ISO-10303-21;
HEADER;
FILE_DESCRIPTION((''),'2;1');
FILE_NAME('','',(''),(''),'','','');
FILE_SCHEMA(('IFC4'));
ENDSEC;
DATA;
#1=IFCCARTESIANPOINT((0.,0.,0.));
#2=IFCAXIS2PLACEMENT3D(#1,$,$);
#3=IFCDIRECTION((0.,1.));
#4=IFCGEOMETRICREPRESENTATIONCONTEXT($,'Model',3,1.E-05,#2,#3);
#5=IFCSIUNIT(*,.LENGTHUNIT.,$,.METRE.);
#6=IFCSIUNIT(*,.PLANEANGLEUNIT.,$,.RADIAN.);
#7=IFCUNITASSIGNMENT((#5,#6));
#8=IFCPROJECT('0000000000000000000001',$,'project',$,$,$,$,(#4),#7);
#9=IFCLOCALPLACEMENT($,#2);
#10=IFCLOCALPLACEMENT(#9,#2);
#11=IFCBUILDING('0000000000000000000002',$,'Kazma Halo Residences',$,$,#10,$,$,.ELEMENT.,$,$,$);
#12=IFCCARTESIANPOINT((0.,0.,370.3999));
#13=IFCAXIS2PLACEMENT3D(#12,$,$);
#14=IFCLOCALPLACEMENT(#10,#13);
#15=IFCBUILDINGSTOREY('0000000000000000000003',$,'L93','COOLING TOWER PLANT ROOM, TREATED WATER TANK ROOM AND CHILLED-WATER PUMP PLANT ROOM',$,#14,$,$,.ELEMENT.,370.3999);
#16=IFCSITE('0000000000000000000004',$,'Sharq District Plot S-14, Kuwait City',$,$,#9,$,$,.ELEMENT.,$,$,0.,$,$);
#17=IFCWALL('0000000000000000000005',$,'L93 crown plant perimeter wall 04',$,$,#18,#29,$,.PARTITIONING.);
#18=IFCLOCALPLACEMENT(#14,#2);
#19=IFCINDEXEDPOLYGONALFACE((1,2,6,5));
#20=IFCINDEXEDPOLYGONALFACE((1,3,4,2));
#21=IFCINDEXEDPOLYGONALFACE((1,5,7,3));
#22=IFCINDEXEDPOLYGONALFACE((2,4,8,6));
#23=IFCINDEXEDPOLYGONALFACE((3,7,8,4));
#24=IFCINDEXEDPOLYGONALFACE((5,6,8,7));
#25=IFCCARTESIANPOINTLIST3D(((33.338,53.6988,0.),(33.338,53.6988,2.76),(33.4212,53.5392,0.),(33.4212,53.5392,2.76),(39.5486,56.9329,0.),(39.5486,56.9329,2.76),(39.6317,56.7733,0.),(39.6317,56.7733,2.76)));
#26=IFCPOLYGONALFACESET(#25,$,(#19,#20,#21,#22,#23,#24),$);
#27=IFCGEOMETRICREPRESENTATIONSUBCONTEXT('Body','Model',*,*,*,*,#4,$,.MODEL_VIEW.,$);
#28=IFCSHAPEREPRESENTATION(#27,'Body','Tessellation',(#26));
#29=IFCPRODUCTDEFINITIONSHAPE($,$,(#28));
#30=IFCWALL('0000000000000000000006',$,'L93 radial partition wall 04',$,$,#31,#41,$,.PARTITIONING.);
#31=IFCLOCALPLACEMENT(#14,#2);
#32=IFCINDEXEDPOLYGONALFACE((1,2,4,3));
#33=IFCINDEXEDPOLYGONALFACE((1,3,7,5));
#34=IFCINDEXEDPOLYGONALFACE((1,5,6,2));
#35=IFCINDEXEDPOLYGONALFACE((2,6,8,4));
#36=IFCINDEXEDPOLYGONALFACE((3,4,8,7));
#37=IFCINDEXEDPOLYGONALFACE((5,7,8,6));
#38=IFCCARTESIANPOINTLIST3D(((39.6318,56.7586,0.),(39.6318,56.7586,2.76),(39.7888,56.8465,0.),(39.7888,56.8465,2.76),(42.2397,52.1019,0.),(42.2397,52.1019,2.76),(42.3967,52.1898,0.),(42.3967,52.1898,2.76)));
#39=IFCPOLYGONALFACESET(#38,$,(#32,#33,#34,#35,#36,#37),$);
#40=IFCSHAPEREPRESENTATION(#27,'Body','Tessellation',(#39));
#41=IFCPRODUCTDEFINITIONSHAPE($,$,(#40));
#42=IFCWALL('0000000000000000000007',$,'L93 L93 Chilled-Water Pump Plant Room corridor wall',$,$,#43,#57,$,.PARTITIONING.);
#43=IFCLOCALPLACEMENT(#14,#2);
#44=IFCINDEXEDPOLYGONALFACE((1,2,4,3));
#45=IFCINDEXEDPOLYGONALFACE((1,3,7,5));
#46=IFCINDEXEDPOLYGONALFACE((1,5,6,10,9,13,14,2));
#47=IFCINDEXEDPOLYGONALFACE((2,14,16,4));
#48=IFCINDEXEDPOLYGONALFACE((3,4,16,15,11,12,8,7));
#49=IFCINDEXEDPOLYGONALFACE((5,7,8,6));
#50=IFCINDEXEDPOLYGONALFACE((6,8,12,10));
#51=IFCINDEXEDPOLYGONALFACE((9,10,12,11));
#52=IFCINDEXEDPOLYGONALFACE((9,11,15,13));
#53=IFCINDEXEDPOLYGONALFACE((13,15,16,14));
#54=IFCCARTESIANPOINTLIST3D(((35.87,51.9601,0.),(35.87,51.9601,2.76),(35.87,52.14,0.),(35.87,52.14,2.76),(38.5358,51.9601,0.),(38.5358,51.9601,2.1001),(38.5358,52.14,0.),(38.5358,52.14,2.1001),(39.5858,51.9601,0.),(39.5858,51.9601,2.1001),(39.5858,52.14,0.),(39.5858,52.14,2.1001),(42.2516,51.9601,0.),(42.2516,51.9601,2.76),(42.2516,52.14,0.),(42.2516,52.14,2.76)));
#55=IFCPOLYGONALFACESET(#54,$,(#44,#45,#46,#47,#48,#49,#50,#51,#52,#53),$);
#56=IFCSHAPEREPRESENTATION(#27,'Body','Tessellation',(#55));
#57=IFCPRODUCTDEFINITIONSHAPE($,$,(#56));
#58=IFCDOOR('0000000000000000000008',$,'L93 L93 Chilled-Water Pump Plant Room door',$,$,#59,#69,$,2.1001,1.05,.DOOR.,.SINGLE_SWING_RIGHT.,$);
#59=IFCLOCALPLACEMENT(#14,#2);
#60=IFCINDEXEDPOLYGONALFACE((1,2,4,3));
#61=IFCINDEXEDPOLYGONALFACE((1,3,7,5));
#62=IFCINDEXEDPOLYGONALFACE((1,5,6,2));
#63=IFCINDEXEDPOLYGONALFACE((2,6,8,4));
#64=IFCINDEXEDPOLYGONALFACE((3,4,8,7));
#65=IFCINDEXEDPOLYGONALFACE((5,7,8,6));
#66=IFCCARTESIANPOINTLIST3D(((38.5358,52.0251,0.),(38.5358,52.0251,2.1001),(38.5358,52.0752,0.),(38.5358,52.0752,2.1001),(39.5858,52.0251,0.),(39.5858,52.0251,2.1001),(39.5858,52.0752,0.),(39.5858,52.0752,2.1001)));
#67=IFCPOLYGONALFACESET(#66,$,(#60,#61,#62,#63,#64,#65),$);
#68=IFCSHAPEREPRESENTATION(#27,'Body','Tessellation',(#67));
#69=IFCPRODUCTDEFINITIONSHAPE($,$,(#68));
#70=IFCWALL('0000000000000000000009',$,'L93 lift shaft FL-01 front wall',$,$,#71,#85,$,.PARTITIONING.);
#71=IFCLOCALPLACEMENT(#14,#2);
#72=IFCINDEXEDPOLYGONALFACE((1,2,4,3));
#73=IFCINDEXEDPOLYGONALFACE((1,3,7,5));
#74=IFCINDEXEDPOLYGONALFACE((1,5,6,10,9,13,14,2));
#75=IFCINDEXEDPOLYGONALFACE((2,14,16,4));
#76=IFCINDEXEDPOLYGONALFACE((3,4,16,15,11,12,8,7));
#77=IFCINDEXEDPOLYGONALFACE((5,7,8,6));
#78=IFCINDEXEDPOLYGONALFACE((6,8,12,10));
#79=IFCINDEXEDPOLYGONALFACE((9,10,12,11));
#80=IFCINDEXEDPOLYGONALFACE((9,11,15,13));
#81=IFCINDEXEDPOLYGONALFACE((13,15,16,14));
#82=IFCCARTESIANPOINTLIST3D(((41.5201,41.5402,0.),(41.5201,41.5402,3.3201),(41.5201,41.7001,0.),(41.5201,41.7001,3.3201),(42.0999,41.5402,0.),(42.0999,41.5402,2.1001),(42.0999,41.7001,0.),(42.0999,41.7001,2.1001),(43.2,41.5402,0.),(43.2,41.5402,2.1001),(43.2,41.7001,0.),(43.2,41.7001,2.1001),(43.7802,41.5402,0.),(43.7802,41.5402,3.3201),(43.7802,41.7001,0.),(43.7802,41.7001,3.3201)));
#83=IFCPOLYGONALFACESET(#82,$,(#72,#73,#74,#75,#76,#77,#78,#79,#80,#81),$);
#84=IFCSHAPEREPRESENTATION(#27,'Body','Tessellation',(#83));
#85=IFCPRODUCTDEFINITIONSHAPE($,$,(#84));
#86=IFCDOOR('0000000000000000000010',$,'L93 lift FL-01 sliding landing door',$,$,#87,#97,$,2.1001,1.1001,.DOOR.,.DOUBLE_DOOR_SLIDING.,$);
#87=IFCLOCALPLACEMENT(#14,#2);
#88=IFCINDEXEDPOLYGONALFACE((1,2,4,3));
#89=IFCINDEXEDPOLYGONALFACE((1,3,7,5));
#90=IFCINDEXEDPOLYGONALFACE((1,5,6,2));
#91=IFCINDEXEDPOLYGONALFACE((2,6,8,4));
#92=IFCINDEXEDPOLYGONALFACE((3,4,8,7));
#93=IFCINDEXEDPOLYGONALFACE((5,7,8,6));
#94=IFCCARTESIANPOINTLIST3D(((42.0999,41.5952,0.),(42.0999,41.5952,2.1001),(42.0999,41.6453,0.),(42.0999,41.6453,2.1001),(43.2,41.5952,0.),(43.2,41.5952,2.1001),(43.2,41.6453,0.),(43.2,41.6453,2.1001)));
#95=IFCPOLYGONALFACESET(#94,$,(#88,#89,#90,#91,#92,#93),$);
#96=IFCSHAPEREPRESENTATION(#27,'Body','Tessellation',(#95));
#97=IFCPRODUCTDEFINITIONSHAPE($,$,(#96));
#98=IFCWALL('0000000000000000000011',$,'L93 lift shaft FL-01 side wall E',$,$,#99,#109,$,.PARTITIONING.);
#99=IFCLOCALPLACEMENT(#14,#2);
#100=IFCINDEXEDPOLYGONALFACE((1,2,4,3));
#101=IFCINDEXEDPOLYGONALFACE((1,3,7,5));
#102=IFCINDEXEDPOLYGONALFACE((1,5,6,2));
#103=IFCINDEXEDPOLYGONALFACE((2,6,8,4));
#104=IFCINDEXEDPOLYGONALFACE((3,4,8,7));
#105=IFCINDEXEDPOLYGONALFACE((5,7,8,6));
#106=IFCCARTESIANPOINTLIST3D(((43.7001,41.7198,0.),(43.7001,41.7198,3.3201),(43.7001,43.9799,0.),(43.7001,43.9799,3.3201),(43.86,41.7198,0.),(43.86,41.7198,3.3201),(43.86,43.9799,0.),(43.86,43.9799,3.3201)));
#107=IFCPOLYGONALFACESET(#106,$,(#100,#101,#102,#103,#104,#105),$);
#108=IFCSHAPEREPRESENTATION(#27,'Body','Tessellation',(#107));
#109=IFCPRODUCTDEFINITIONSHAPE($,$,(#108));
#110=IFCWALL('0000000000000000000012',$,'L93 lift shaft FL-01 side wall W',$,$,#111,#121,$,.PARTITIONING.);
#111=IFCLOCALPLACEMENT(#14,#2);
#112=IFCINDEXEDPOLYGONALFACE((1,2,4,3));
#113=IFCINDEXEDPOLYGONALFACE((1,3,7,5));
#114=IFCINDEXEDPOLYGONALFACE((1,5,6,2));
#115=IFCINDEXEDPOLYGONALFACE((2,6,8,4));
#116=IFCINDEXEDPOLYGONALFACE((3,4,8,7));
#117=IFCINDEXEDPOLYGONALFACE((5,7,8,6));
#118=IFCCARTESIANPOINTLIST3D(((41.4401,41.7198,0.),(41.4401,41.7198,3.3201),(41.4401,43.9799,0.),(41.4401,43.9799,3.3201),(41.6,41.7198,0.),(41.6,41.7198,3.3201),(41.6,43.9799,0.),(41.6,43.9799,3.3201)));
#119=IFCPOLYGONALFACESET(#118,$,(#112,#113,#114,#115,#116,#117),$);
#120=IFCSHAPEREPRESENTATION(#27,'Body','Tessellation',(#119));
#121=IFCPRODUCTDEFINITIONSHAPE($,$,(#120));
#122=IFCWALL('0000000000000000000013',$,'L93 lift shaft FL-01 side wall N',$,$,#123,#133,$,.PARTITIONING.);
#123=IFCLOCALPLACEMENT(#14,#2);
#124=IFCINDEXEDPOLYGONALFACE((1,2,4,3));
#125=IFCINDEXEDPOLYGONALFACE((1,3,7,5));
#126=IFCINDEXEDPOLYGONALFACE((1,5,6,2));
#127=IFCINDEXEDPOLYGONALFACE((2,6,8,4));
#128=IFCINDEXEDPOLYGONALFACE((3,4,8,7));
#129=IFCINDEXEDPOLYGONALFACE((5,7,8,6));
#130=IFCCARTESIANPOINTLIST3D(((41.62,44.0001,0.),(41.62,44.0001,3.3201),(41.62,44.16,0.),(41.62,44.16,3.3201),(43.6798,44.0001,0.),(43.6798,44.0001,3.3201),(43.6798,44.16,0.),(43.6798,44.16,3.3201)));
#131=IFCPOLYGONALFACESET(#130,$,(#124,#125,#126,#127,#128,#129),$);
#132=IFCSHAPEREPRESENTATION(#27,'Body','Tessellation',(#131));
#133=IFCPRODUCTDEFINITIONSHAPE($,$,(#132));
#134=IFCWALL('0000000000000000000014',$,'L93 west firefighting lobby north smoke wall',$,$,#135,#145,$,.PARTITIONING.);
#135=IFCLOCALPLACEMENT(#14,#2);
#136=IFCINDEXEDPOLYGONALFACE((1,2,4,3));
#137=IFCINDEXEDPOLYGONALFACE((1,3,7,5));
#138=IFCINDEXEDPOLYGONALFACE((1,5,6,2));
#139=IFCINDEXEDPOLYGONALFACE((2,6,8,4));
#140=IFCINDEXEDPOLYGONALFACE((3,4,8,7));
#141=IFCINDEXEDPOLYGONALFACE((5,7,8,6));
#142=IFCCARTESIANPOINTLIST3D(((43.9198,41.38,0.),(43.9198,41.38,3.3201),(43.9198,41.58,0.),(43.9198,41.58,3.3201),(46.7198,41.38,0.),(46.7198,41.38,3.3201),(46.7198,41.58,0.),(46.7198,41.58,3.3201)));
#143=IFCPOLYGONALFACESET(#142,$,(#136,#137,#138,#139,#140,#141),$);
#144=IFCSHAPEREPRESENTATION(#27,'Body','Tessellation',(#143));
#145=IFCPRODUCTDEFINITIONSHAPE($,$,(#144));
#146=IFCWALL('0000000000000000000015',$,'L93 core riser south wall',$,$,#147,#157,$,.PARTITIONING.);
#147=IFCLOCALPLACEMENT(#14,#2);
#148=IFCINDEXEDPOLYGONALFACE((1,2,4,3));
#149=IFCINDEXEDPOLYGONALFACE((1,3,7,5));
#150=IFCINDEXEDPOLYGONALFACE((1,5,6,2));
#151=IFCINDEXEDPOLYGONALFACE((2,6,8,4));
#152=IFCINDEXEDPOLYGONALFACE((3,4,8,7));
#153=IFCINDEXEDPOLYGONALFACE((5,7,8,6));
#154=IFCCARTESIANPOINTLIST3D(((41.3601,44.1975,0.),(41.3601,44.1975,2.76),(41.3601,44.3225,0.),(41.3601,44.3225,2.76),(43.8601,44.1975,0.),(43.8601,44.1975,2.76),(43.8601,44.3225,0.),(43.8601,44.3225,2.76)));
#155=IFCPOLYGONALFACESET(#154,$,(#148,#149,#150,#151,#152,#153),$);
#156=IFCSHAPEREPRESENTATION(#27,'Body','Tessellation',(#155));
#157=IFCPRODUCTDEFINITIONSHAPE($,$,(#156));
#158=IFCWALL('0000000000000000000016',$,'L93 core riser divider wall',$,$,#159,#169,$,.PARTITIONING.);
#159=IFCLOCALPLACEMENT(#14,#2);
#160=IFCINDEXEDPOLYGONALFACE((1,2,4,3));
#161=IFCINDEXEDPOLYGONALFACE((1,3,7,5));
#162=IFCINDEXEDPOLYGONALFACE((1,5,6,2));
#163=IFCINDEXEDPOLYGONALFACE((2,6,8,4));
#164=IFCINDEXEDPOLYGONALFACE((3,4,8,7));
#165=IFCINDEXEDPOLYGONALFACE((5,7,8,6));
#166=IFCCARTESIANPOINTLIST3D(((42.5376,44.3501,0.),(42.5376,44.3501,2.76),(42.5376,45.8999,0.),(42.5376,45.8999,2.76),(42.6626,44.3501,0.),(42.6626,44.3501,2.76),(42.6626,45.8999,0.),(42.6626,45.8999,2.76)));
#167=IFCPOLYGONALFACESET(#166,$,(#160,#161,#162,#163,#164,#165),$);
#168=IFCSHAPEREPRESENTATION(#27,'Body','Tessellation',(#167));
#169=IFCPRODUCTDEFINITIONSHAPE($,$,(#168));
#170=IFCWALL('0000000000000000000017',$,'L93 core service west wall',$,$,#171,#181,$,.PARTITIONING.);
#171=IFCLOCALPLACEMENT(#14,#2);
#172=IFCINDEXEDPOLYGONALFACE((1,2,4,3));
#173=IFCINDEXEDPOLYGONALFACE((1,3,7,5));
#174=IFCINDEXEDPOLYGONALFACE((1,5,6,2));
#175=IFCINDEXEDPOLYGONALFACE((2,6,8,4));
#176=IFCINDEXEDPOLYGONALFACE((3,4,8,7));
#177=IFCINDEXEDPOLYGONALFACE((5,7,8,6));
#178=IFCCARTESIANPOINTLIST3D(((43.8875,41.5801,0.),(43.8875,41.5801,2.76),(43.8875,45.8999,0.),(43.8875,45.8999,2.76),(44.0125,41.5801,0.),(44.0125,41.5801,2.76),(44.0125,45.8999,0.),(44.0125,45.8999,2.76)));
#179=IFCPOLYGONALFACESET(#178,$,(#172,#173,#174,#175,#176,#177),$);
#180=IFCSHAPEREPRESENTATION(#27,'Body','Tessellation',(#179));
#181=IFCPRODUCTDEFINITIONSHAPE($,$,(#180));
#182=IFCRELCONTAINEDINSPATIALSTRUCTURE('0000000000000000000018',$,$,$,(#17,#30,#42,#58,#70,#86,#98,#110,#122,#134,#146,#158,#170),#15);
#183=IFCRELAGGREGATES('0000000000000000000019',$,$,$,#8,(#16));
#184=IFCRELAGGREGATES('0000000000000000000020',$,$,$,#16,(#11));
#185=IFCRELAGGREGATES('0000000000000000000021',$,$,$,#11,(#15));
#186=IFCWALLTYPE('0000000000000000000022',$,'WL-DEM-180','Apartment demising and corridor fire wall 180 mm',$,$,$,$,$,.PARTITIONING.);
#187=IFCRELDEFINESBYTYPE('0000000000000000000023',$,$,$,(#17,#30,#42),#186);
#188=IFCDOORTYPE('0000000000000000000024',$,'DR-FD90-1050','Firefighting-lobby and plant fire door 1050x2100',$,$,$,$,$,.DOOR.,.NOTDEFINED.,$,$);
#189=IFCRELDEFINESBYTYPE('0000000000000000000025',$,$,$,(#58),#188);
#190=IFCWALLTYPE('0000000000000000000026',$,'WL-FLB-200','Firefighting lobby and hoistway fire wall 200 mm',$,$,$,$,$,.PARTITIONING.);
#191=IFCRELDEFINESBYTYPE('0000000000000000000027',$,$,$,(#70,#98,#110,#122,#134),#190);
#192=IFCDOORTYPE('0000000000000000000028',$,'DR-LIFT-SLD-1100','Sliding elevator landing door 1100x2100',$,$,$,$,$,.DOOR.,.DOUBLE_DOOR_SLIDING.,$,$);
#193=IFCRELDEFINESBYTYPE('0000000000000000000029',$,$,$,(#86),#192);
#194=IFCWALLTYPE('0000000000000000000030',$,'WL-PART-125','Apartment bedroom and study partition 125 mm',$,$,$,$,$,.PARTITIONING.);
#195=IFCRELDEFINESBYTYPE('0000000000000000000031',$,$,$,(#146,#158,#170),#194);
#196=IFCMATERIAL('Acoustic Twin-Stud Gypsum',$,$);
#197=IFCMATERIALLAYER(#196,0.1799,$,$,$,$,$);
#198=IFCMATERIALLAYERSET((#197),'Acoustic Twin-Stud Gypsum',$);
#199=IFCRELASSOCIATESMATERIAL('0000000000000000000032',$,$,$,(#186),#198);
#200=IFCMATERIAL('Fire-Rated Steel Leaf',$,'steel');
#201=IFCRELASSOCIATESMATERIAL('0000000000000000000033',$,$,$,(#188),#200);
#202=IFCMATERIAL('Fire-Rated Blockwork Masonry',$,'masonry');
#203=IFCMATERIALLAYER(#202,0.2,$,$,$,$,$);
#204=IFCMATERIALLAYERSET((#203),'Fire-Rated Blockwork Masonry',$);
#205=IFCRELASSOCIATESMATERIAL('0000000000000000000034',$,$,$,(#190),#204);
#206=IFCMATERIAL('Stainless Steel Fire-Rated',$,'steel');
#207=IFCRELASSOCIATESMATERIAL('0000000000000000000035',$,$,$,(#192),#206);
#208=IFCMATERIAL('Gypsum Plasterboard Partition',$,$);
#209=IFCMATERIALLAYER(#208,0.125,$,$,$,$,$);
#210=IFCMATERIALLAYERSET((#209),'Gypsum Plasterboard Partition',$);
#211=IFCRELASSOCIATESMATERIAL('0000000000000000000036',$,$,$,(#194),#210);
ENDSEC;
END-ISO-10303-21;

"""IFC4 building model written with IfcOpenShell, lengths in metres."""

from ifc_helpers import new_model, si_unit, direction, frame, frame_2d, origin, place, context, subcontext, project, spatial, rectangle, extrude, material, layer, layer_set, type_object, element, fill, save


model = new_model("IFC4")

# Units and contexts
model_context = context("Model", 3, precision=1e-05, world=origin(), true_north=direction((0.0, 1.0)))
body_context = subcontext(model_context, "Body", "Model", "MODEL_VIEW")
ifc_project = project(units=[si_unit("LENGTHUNIT", "METRE"), si_unit("PLANEANGLEUNIT", "RADIAN")], contexts=[model_context])

# Site, building, storey
site_placement = place(None, origin())
site = spatial("IfcSite", under=ifc_project, at=site_placement, Name="Sharq District Plot S-14, Kuwait City", CompositionType="ELEMENT", RefElevation=0.0)
building_placement = place(site_placement, origin())
building = spatial("IfcBuilding", under=site, at=building_placement, Name="Kazma Halo Residences", CompositionType="ELEMENT")
storey_placement = place(building_placement, frame((0.0, 0.0, 370.3999)))
storey = spatial("IfcBuildingStorey", under=building, at=storey_placement, Name="L93", Description="COOLING TOWER PLANT ROOM, TREATED WATER TANK ROOM AND CHILLED-WATER PUMP PLANT ROOM", CompositionType="ELEMENT", Elevation=370.3999)

# Walls
ifc_material_1 = material(Name="Acoustic Twin-Stud Gypsum")
ifc_layer_1 = layer(ifc_material_1, 0.1799)
ifc_layer_set_1 = layer_set([ifc_layer_1], Name="Acoustic Twin-Stud Gypsum")
wall_type_1 = type_object("IfcWallType", Name="WL-DEM-180", Description="Apartment demising and corridor fire wall 180 mm", PredefinedType="PARTITIONING", material=ifc_layer_set_1)
wall_1_placement = place(storey_placement, frame((39.5901, 56.853, 0.0), z_axis=(0.0, 0.0, 1.0), x_axis=(-0.886949, -0.461866, 0.0)))
element("IfcWall", 1, at=wall_1_placement, inside=storey, type_object=wall_type_1, Name="L93 crown plant perimeter wall 04", PredefinedType="PARTITIONING", context=body_context, shape_type="SweptSolid", body=[
    extrude(rectangle(XDim=7.0022, YDim=0.1799, at=frame_2d((3.501, 0.0))), origin(), (0.0, 0.0, 1.0), 2.76),
])
wall_2_placement = place(storey_placement, frame((42.3181, 52.146, 0.0), z_axis=(0.0, 0.0, 1.0), x_axis=(-0.488623, 0.872495, 0.0)))
element("IfcWall", 2, at=wall_2_placement, inside=storey, type_object=wall_type_1, Name="L93 radial partition wall 04", PredefinedType="PARTITIONING", context=body_context, shape_type="SweptSolid", body=[
    extrude(rectangle(XDim=5.3372, YDim=0.1799, at=frame_2d((2.6685, 0.0))), origin(), (0.0, 0.0, 1.0), 2.76),
])

# Walls, openings, doors
wall_3_placement = place(storey_placement, frame((42.2517, 52.05, 0.0), z_axis=(0.0, 0.0, 1.0), x_axis=(-1.0, 0.0, 0.0)))
wall_3 = element("IfcWall", 3, at=wall_3_placement, inside=storey, type_object=wall_type_1, Name="L93 L93 Chilled-Water Pump Plant Room corridor wall", PredefinedType="PARTITIONING", context=body_context, shape_type="SweptSolid", body=[
    extrude(rectangle(XDim=6.3816, YDim=0.1799, at=frame_2d((3.1909, 0.0))), origin(), (0.0, 0.0, 1.0), 2.76),
])
opening_1_placement = place(wall_3_placement, frame((2.666, 0.0, 0.0)))
opening_1 = element("IfcOpeningElement", 4, at=opening_1_placement, cuts=wall_3, PredefinedType="OPENING", context=body_context, shape_type="SweptSolid", body=[
    extrude(rectangle(XDim=1.05, YDim=2.1001, at=frame_2d((0.5249, 1.05))), frame((0.0, 0.0999, 0.0), z_axis=(0.0, -1.0, 0.0), x_axis=(1.0, 0.0, 0.0)), (0.0, 0.0, 1.0), 0.2),
])
ifc_material_2 = material(Name="Fire-Rated Steel Leaf", Category="steel")
door_type_1 = type_object("IfcDoorType", Name="DR-FD90-1050", Description="Firefighting-lobby and plant fire door 1050x2100", OperationType="NOTDEFINED", PredefinedType="DOOR", material=ifc_material_2)
door_1_placement = place(opening_1_placement, origin())
door_1 = element("IfcDoor", 5, at=door_1_placement, inside=storey, type_object=door_type_1, Name="L93 L93 Chilled-Water Pump Plant Room door", OperationType="SINGLE_SWING_RIGHT", OverallHeight=2.1001, OverallWidth=1.05, PredefinedType="DOOR", context=body_context, shape_type="SweptSolid", body=[
    extrude(rectangle(XDim=1.05, YDim=2.1001, at=frame_2d((0.5249, 1.05))), frame((0.0, 0.0249, 0.0), z_axis=(0.0, -1.0, 0.0), x_axis=(1.0, 0.0, 0.0)), (0.0, 0.0, 1.0), 0.05),
])
fill(opening_1, door_1)
ifc_material_3 = material(Name="Fire-Rated Blockwork Masonry", Category="masonry")
ifc_layer_2 = layer(ifc_material_3, 0.2)
ifc_layer_set_2 = layer_set([ifc_layer_2], Name="Fire-Rated Blockwork Masonry")
wall_type_2 = type_object("IfcWallType", Name="WL-FLB-200", Description="Firefighting lobby and hoistway fire wall 200 mm", PredefinedType="PARTITIONING", material=ifc_layer_set_2)
wall_4_placement = place(storey_placement, frame((43.78, 41.6201, 0.0), z_axis=(0.0, 0.0, 1.0), x_axis=(-1.0, 0.0, 0.0)))
wall_4 = element("IfcWall", 6, at=wall_4_placement, inside=storey, type_object=wall_type_2, Name="L93 lift shaft FL-01 front wall", PredefinedType="PARTITIONING", context=body_context, shape_type="SweptSolid", body=[
    extrude(rectangle(XDim=2.26, YDim=0.1599, at=frame_2d((1.1299, 0.0))), origin(), (0.0, 0.0, 1.0), 3.3201),
])
opening_2_placement = place(wall_4_placement, frame((0.5801, 0.0, 0.0)))
opening_2 = element("IfcOpeningElement", 7, at=opening_2_placement, cuts=wall_4, PredefinedType="OPENING", context=body_context, shape_type="SweptSolid", body=[
    extrude(rectangle(XDim=1.1001, YDim=2.1001, at=frame_2d((0.55, 1.05))), frame((0.0, 0.0898, 0.0), z_axis=(0.0, -1.0, 0.0), x_axis=(1.0, 0.0, 0.0)), (0.0, 0.0, 1.0), 0.1799),
])
ifc_material_4 = material(Name="Stainless Steel Fire-Rated", Category="steel")
door_type_2 = type_object("IfcDoorType", Name="DR-LIFT-SLD-1100", Description="Sliding elevator landing door 1100x2100", OperationType="DOUBLE_DOOR_SLIDING", PredefinedType="DOOR", material=ifc_material_4)
door_2_placement = place(opening_2_placement, origin())
door_2 = element("IfcDoor", 8, at=door_2_placement, inside=storey, type_object=door_type_2, Name="L93 lift FL-01 sliding landing door", OperationType="DOUBLE_DOOR_SLIDING", OverallHeight=2.1001, OverallWidth=1.1001, PredefinedType="DOOR", context=body_context, shape_type="SweptSolid", body=[
    extrude(rectangle(XDim=1.1001, YDim=2.1001, at=frame_2d((0.55, 1.05))), frame((0.0, 0.0249, 0.0), z_axis=(0.0, -1.0, 0.0), x_axis=(1.0, 0.0, 0.0)), (0.0, 0.0, 1.0), 0.05),
])
fill(opening_2, door_2)

# Walls
for number, where, z_axis, x_axis, name in (
    (9, (43.78, 41.72, 0.0), (0.0, 0.0, 1.0), (0.0, 1.0, 0.0), "L93 lift shaft FL-01 side wall E"),
    (10, (41.52, 41.72, 0.0), (0.0, 0.0, 1.0), (0.0, 1.0, 0.0), "L93 lift shaft FL-01 side wall W"),
):
    element("IfcWall", number, at=place(storey_placement, frame(where, z_axis=z_axis, x_axis=x_axis)), inside=storey, type_object=wall_type_2, Name=name, PredefinedType="PARTITIONING", context=body_context, shape_type="SweptSolid", body=[
        extrude(rectangle(XDim=2.26, YDim=0.1599, at=frame_2d((1.1299, 0.0))), origin(), (0.0, 0.0, 1.0), 3.3201),
    ])
wall_5_placement = place(storey_placement, frame((41.6201, 44.0801, 0.0), z_axis=(0.0, 0.0, 1.0), x_axis=(1.0, 0.0, 0.0)))
element("IfcWall", 11, at=wall_5_placement, inside=storey, type_object=wall_type_2, Name="L93 lift shaft FL-01 side wall N", PredefinedType="PARTITIONING", context=body_context, shape_type="SweptSolid", body=[
    extrude(rectangle(XDim=2.0598, YDim=0.1599, at=frame_2d((1.0298, 0.0))), origin(), (0.0, 0.0, 1.0), 3.3201),
])
wall_6_placement = place(storey_placement, frame((43.9199, 41.48, 0.0), z_axis=(0.0, 0.0, 1.0), x_axis=(1.0, 0.0, 0.0)))
element("IfcWall", 12, at=wall_6_placement, inside=storey, type_object=wall_type_2, Name="L93 west firefighting lobby north smoke wall", PredefinedType="PARTITIONING", context=body_context, shape_type="SweptSolid", body=[
    extrude(rectangle(XDim=2.8, YDim=0.2, at=frame_2d((1.3999, 0.0))), origin(), (0.0, 0.0, 1.0), 3.3201),
])
ifc_material_5 = material(Name="Gypsum Plasterboard Partition")
ifc_layer_3 = layer(ifc_material_5, 0.125)
ifc_layer_set_3 = layer_set([ifc_layer_3], Name="Gypsum Plasterboard Partition")
wall_type_3 = type_object("IfcWallType", Name="WL-PART-125", Description="Apartment bedroom and study partition 125 mm", PredefinedType="PARTITIONING", material=ifc_layer_set_3)
wall_7_placement = place(storey_placement, frame((41.3601, 44.26, 0.0), z_axis=(0.0, 0.0, 1.0), x_axis=(1.0, 0.0, 0.0)))
element("IfcWall", 13, at=wall_7_placement, inside=storey, type_object=wall_type_3, Name="L93 core riser south wall", PredefinedType="PARTITIONING", context=body_context, shape_type="SweptSolid", body=[
    extrude(rectangle(XDim=2.5, YDim=0.125, at=frame_2d((1.25, 0.0))), origin(), (0.0, 0.0, 1.0), 2.76),
])
wall_8_placement = place(storey_placement, frame((42.6001, 44.3501, 0.0), z_axis=(0.0, 0.0, 1.0), x_axis=(0.0, 1.0, 0.0)))
element("IfcWall", 14, at=wall_8_placement, inside=storey, type_object=wall_type_3, Name="L93 core riser divider wall", PredefinedType="PARTITIONING", context=body_context, shape_type="SweptSolid", body=[
    extrude(rectangle(XDim=1.5498, YDim=0.125, at=frame_2d((0.7749, 0.0))), origin(), (0.0, 0.0, 1.0), 2.76),
])
wall_9_placement = place(storey_placement, frame((43.95, 41.5801, 0.0), z_axis=(0.0, 0.0, 1.0), x_axis=(0.0, 1.0, 0.0)))
element("IfcWall", 15, at=wall_9_placement, inside=storey, type_object=wall_type_3, Name="L93 core service west wall", PredefinedType="PARTITIONING", context=body_context, shape_type="SweptSolid", body=[
    extrude(rectangle(XDim=4.3198, YDim=0.125, at=frame_2d((2.1599, 0.0))), origin(), (0.0, 0.0, 1.0), 2.76),
])

save(model, "model.ifc")
